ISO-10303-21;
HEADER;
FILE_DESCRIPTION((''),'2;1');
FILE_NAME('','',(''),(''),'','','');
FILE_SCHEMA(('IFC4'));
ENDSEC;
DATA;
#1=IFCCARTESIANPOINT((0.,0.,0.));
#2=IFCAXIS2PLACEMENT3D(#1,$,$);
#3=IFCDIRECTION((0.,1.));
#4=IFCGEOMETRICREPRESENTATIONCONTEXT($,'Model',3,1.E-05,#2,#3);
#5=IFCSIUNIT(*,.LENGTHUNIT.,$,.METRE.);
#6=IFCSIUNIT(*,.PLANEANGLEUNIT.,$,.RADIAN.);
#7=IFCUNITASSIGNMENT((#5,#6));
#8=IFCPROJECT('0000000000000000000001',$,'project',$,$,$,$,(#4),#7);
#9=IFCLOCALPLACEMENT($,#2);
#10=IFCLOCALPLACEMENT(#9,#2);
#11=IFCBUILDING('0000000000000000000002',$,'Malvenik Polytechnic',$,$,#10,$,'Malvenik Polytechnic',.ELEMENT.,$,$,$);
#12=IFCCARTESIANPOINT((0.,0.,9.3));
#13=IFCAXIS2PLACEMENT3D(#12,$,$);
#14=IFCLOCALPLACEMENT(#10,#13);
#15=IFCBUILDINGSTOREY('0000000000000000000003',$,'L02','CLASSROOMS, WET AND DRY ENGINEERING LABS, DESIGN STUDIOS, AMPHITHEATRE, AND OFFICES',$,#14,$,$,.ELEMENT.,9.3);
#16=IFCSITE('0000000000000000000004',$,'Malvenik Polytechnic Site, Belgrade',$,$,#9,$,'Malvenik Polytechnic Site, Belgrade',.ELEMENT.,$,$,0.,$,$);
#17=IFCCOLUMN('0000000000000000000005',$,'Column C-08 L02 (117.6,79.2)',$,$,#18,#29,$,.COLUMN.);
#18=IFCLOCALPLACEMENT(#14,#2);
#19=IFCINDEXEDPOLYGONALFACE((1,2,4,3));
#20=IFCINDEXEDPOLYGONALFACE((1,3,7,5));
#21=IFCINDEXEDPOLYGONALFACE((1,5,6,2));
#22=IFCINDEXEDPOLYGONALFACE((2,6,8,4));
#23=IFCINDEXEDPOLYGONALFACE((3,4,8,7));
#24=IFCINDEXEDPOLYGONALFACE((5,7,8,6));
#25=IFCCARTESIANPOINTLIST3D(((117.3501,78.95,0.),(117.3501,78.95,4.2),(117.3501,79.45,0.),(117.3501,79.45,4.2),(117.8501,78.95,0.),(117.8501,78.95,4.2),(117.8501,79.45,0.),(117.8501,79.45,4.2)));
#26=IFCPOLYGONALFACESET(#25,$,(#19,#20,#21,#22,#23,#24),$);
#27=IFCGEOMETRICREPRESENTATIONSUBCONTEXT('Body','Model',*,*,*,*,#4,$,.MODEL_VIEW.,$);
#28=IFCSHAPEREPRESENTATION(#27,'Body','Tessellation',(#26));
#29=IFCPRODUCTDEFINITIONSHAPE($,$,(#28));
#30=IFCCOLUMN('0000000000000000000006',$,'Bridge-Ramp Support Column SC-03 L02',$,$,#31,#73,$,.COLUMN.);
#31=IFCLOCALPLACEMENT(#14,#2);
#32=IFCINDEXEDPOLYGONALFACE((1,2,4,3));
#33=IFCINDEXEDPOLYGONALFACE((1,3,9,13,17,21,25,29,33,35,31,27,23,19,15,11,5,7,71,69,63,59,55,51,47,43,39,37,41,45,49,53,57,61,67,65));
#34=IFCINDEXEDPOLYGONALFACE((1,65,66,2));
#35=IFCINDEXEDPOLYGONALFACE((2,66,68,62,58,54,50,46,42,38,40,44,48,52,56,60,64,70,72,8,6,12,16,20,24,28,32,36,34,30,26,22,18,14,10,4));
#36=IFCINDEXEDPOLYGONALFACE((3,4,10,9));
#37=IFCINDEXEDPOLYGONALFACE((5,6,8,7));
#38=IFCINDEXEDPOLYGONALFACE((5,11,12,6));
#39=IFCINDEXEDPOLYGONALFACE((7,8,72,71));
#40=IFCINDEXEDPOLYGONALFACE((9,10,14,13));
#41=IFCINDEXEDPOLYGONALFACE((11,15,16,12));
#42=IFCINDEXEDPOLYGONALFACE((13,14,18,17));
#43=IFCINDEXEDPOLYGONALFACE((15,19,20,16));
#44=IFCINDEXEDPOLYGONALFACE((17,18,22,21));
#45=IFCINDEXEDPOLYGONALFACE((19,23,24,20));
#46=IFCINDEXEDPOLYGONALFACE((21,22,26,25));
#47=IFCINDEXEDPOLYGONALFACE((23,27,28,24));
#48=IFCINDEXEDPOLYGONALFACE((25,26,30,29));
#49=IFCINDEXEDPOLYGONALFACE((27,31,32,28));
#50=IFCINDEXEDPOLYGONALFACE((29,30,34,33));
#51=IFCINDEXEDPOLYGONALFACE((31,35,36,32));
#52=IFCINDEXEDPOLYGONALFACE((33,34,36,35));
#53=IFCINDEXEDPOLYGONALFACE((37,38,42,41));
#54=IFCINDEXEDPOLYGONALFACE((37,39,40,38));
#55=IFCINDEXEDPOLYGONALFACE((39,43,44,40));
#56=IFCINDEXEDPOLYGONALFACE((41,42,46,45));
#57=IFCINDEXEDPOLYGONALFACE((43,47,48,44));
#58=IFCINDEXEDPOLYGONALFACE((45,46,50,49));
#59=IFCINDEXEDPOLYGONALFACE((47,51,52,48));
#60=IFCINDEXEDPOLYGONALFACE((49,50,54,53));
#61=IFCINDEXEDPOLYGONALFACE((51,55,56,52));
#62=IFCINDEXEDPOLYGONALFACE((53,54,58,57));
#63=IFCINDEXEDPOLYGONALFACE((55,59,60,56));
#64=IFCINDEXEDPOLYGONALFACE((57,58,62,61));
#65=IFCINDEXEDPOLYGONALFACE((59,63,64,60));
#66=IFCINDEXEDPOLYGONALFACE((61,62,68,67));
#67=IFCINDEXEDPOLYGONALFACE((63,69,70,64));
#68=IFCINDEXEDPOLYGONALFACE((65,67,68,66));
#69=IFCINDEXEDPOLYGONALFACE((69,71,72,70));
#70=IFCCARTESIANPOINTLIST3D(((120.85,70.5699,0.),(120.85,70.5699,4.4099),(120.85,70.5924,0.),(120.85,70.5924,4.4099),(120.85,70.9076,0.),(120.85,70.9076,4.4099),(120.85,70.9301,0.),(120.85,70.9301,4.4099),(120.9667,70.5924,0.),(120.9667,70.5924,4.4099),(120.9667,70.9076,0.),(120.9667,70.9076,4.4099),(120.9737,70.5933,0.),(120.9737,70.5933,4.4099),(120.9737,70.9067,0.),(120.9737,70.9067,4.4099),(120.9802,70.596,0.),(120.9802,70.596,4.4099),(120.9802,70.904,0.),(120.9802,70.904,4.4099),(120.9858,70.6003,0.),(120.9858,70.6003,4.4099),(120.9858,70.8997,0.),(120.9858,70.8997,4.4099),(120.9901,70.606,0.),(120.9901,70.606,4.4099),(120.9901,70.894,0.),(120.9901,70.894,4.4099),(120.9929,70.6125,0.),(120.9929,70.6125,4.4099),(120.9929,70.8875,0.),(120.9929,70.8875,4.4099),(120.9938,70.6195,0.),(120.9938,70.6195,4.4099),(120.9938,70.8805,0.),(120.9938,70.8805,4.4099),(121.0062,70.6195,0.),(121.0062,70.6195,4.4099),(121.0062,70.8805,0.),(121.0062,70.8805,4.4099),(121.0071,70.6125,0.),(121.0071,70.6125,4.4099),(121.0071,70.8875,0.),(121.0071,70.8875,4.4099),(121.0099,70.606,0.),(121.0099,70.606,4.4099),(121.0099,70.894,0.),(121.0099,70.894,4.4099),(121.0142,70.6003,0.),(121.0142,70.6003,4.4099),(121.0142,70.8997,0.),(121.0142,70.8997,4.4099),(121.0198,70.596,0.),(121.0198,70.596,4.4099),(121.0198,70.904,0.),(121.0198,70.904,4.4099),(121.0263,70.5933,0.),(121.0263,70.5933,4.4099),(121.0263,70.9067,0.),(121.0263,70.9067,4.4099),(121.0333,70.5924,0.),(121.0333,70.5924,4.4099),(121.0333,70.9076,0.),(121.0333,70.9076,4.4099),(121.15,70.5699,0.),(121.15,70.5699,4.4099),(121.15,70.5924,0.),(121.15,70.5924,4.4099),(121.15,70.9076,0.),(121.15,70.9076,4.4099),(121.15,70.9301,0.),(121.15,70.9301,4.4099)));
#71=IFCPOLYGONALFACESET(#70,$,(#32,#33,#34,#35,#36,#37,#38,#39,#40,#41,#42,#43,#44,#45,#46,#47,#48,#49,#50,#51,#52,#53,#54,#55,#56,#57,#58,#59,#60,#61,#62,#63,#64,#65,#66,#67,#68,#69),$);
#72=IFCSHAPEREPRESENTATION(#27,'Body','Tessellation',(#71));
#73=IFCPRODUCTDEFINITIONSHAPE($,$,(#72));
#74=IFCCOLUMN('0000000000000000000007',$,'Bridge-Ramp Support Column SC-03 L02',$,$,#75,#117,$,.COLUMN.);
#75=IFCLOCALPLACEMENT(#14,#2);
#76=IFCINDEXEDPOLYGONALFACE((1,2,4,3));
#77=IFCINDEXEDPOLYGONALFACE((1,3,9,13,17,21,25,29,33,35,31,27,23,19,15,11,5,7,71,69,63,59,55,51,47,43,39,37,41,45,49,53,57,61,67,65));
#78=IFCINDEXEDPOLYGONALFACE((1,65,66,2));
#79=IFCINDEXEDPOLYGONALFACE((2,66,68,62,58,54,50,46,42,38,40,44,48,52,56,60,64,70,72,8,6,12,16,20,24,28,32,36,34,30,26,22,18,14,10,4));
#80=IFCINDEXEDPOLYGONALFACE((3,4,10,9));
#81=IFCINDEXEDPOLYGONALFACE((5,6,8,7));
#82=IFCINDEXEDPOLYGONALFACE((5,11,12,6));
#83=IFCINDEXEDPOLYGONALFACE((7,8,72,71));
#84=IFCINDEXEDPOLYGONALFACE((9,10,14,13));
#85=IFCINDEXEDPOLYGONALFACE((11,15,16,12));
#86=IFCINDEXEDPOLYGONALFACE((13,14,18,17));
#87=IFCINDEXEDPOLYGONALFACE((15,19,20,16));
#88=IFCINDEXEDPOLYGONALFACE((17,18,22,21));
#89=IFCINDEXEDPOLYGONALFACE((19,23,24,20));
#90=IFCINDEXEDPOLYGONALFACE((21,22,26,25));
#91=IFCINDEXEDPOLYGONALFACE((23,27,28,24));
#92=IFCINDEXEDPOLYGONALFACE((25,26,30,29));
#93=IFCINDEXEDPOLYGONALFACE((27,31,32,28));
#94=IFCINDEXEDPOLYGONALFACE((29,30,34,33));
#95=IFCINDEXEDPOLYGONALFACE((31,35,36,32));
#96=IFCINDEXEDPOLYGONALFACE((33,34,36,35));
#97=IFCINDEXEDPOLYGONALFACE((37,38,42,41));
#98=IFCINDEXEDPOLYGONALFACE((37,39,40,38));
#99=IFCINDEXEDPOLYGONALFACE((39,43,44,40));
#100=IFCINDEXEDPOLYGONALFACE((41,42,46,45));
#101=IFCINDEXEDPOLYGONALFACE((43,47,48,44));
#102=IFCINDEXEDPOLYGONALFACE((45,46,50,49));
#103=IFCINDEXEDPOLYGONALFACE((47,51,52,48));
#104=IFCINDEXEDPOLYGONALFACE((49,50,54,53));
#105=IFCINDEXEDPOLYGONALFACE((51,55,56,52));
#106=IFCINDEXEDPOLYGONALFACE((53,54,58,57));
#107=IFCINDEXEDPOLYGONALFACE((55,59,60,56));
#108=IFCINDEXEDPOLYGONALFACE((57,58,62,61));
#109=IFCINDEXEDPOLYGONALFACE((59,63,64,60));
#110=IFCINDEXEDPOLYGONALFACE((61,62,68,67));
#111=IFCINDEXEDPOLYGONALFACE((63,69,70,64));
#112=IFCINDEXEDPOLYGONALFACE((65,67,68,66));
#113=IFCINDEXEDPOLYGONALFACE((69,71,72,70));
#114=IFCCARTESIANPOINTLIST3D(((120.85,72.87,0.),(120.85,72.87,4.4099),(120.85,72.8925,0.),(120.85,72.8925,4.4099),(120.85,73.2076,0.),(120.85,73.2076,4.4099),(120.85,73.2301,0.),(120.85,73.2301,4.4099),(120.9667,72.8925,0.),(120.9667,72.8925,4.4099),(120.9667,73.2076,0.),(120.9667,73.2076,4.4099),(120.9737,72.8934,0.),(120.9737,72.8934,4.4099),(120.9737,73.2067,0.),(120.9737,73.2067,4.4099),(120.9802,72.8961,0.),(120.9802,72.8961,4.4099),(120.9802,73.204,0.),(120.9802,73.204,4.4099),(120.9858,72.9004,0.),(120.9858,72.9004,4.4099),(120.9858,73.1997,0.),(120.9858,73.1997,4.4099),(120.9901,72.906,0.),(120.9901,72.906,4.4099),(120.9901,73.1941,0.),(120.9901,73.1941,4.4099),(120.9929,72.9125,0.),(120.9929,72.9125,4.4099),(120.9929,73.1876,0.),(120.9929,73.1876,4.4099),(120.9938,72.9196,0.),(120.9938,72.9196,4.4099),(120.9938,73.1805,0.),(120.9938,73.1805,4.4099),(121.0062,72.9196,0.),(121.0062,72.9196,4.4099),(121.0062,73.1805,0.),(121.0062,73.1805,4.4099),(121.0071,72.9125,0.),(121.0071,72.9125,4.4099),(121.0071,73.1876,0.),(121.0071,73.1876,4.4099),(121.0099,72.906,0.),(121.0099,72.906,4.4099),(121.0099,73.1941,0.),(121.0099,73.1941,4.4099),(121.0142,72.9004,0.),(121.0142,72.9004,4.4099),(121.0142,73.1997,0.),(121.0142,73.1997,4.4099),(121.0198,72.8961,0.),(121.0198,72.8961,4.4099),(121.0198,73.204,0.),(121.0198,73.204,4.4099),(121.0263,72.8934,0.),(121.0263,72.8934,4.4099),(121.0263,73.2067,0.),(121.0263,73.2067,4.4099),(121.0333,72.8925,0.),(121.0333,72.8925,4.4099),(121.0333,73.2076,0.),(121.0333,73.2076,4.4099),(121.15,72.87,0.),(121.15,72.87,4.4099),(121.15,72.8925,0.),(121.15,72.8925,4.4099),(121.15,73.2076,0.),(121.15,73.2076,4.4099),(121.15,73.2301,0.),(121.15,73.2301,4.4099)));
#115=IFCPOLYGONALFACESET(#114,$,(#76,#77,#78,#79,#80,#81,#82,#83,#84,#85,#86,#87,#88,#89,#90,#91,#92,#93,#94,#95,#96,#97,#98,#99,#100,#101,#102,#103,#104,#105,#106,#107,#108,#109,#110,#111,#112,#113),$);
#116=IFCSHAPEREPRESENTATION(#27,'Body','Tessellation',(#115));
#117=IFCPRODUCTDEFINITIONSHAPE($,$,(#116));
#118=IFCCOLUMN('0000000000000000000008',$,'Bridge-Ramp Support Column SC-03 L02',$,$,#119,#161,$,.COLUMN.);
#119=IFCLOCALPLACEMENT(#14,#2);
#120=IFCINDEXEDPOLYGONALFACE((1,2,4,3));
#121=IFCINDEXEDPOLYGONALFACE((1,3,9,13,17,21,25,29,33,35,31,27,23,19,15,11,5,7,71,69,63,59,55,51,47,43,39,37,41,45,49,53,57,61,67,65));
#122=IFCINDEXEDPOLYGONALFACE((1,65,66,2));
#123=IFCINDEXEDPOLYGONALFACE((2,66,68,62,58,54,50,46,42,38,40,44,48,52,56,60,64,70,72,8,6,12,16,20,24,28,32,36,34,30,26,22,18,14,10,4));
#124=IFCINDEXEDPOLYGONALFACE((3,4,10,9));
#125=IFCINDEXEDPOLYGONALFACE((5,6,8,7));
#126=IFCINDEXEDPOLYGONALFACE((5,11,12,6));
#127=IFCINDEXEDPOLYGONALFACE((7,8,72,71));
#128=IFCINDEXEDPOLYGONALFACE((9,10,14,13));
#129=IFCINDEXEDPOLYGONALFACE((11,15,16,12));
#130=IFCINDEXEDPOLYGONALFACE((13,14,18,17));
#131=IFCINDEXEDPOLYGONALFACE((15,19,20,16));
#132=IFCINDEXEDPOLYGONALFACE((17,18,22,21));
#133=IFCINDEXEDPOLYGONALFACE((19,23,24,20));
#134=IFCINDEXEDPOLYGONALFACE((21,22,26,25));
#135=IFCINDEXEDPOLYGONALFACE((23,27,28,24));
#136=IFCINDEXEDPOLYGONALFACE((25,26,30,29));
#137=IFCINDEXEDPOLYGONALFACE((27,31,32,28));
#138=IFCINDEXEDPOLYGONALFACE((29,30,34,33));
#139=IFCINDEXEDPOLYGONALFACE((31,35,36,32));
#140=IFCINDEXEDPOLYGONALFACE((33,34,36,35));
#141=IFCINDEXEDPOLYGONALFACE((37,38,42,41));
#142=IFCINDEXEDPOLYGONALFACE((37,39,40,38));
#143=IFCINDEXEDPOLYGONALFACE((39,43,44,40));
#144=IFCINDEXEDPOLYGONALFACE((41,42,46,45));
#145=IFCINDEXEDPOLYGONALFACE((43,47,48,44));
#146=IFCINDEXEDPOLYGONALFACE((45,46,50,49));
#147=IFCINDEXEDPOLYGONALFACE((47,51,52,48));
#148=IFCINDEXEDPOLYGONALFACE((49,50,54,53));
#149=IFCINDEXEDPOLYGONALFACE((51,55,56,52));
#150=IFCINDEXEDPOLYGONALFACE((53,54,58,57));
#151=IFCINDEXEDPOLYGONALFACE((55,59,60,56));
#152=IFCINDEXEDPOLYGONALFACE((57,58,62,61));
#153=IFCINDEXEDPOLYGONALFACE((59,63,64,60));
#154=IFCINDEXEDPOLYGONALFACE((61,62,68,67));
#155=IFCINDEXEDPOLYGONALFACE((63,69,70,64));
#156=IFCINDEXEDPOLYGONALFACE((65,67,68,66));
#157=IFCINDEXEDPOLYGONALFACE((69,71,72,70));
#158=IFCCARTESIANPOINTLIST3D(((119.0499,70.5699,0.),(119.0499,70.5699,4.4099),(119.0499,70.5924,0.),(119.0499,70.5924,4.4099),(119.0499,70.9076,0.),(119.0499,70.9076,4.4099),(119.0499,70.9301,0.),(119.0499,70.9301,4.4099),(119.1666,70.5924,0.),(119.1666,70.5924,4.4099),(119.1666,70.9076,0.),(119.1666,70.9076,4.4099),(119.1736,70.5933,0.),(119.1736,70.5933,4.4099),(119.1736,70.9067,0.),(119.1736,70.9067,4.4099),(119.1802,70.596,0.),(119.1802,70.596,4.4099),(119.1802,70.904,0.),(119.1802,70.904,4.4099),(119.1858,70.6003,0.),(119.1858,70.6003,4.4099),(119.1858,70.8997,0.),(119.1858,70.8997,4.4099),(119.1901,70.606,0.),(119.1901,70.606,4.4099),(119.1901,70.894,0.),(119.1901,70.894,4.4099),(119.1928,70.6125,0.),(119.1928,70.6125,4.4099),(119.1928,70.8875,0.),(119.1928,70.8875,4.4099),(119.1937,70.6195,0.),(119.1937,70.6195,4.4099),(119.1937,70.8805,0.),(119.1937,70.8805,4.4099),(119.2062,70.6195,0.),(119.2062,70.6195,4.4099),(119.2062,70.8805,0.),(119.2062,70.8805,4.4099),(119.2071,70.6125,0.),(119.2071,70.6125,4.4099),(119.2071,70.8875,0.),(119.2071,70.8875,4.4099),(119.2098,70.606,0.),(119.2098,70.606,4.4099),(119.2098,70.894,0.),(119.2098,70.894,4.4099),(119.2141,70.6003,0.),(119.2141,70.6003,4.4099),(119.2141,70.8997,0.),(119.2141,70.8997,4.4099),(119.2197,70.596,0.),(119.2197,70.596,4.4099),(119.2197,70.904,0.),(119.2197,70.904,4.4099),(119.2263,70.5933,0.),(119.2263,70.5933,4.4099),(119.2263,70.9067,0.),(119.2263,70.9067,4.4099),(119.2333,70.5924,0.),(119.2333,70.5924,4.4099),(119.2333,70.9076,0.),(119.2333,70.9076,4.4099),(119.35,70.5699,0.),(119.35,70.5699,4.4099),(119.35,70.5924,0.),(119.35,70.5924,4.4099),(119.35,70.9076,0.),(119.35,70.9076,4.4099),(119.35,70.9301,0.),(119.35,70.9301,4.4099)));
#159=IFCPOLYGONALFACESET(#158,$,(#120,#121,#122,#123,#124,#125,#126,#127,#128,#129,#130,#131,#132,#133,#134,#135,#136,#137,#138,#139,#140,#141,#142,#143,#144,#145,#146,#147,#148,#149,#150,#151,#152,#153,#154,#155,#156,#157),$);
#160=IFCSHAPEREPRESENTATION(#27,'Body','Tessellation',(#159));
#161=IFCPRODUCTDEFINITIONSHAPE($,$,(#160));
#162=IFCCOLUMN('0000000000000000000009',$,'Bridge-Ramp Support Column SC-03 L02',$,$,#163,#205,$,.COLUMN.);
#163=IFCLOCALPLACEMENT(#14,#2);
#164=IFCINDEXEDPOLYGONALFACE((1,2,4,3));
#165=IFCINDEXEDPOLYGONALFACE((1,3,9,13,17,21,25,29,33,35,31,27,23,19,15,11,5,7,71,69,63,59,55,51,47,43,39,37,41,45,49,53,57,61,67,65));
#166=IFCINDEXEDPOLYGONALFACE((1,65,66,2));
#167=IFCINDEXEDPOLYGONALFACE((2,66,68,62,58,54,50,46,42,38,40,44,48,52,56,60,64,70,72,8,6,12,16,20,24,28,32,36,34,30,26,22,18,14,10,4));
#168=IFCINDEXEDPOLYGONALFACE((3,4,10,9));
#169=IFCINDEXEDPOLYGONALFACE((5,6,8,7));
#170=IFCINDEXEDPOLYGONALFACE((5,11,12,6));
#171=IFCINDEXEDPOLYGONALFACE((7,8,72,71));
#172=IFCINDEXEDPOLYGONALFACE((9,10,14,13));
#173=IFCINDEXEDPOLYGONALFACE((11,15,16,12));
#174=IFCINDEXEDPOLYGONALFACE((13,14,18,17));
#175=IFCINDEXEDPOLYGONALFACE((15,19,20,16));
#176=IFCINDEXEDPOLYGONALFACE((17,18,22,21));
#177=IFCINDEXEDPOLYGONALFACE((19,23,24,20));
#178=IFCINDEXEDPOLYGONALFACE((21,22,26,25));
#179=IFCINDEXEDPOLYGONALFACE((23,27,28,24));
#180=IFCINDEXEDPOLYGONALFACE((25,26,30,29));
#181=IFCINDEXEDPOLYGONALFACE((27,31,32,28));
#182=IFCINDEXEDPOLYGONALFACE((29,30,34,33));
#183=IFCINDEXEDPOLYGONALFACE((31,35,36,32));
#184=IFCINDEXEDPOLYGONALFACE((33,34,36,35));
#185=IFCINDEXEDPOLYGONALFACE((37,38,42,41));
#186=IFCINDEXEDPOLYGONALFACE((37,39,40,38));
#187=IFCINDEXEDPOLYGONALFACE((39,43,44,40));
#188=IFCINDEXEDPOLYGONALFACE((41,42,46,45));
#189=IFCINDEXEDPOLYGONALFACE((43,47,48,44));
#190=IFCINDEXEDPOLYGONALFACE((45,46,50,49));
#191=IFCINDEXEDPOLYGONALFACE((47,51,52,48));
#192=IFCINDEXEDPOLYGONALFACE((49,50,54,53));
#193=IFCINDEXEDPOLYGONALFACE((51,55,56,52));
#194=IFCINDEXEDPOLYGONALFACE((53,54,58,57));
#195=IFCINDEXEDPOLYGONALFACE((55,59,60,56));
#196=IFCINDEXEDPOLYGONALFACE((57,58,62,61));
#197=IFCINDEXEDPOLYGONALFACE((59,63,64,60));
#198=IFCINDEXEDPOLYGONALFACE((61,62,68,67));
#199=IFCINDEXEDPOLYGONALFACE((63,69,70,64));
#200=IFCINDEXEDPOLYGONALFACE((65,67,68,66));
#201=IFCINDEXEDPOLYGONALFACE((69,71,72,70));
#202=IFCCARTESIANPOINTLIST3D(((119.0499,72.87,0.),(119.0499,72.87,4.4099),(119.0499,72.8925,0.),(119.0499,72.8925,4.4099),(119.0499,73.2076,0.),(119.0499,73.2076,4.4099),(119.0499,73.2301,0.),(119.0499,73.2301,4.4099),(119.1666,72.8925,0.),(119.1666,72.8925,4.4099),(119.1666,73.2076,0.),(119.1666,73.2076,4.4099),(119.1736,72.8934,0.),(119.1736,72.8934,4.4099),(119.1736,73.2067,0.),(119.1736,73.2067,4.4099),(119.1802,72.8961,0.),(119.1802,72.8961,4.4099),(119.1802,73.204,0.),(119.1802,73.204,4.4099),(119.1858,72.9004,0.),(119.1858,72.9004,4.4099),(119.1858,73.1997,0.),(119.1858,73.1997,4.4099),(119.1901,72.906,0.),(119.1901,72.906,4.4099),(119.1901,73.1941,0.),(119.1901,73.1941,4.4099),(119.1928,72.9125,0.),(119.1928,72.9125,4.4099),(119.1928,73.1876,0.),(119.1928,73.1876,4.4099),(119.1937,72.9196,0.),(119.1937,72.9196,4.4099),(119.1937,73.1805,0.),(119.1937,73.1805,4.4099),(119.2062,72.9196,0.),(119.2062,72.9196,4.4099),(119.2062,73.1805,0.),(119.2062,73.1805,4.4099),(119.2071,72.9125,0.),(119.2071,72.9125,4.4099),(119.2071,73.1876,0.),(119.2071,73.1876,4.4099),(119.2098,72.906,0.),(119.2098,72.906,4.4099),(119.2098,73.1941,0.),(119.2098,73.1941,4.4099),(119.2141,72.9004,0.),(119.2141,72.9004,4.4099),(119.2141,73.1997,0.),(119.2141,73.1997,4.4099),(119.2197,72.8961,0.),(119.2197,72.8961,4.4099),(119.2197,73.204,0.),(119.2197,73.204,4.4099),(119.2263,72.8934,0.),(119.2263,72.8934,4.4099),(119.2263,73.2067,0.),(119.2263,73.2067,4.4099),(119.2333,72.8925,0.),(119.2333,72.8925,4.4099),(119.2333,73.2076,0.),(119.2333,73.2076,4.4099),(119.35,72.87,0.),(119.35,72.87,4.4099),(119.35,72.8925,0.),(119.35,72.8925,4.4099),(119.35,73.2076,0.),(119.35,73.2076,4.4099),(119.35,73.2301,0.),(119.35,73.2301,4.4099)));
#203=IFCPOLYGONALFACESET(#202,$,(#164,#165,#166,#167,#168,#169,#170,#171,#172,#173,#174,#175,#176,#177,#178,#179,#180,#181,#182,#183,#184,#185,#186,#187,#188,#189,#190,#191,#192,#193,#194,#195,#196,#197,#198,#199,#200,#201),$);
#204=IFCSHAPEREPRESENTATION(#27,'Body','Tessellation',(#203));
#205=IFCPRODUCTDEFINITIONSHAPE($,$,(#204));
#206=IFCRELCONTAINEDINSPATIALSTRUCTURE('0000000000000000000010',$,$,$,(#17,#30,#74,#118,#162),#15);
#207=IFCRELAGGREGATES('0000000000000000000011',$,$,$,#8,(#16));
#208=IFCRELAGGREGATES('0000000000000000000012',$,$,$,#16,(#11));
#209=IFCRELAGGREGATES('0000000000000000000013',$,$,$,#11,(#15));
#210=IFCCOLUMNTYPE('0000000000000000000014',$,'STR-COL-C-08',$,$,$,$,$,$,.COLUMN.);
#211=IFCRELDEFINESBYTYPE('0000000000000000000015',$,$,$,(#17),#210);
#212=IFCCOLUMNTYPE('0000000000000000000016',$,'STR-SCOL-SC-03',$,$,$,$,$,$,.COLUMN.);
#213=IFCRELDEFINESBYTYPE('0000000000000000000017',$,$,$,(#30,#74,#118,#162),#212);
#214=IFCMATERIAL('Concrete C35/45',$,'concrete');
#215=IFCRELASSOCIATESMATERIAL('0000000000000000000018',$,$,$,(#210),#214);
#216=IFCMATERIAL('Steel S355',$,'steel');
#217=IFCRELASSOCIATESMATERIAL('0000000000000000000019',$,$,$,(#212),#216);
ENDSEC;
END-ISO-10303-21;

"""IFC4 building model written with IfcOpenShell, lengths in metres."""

from ifc_helpers import new_model, si_unit, direction, frame, origin, origin_2d, place, context, subcontext, project, spatial, rectangle, i_section, extrude, material, material_profile, profile_set, type_object, element, save


model = new_model("IFC4")

# Units and contexts
model_context = context("Model", 3, precision=1e-05, world=origin(), true_north=direction((0.0, 1.0)))
body_context = subcontext(model_context, "Body", "Model", "MODEL_VIEW")
ifc_project = project(units=[si_unit("LENGTHUNIT", "METRE"), si_unit("PLANEANGLEUNIT", "RADIAN")], contexts=[model_context])

# Site, building, storey
site_placement = place(None, origin())
site = spatial("IfcSite", under=ifc_project, at=site_placement, Name="Malvenik Polytechnic Site, Belgrade", LongName="Malvenik Polytechnic Site, Belgrade", CompositionType="ELEMENT", RefElevation=0.0)
building_placement = place(site_placement, origin())
building = spatial("IfcBuilding", under=site, at=building_placement, Name="Malvenik Polytechnic", LongName="Malvenik Polytechnic", CompositionType="ELEMENT")
storey_placement = place(building_placement, frame((0.0, 0.0, 9.3)))
storey = spatial("IfcBuildingStorey", under=building, at=storey_placement, Name="L02", Description="CLASSROOMS, WET AND DRY ENGINEERING LABS, DESIGN STUDIOS, AMPHITHEATRE, AND OFFICES", CompositionType="ELEMENT", Elevation=9.3)

# Columns
ifc_material_1 = material(Name="Concrete C35/45", Category="concrete")
ifc_material_profile_1 = material_profile(ifc_material_1, rectangle(XDim=0.5, YDim=0.5, at=origin_2d()), Name="RC COL 500x500")
ifc_profile_set_1 = profile_set([ifc_material_profile_1], Name="Concrete C35/45")
column_type_1 = type_object("IfcColumnType", Name="STR-COL-C-08", PredefinedType="COLUMN", material=ifc_profile_set_1)
column_placement = place(storey_placement, frame((117.6001, 79.2, 0.0), z_axis=(0.0, 0.0, 1.0), x_axis=(1.0, 0.0, 0.0)))
element("IfcColumn", 1, at=column_placement, inside=storey, type_object=column_type_1, Name="Column C-08 L02 (117.6,79.2)", PredefinedType="COLUMN", context=body_context, shape_type="SweptSolid", body=[
    extrude(rectangle(XDim=0.5, YDim=0.5, at=origin_2d()), origin(), (0.0, 0.0, 1.0), 4.2),
])
ifc_material_2 = material(Name="Steel S355", Category="steel")
ifc_material_profile_2 = material_profile(ifc_material_2, i_section(OverallWidth=0.3, OverallDepth=0.3601, WebThickness=0.0125, FlangeThickness=0.0225, FilletRadius=0.0271, at=origin_2d()), Name="HEB 360")
ifc_profile_set_2 = profile_set([ifc_material_profile_2], Name="Steel S355")
column_type_2 = type_object("IfcColumnType", Name="STR-SCOL-SC-03", PredefinedType="COLUMN", material=ifc_profile_set_2)
for number, where, z_axis, x_axis, name in (
    (2, (121.0, 70.75, 0.0), (0.0, 0.0, 1.0), (1.0, 0.0, 0.0), "Bridge-Ramp Support Column SC-03 L02"),
    (3, (121.0, 73.05, 0.0), (0.0, 0.0, 1.0), (1.0, 0.0, 0.0), "Bridge-Ramp Support Column SC-03 L02"),
    (4, (119.2, 70.75, 0.0), (0.0, 0.0, 1.0), (1.0, 0.0, 0.0), "Bridge-Ramp Support Column SC-03 L02"),
    (5, (119.2, 73.05, 0.0), (0.0, 0.0, 1.0), (1.0, 0.0, 0.0), "Bridge-Ramp Support Column SC-03 L02"),
):
    element("IfcColumn", number, at=place(storey_placement, frame(where, z_axis=z_axis, x_axis=x_axis)), inside=storey, type_object=column_type_2, Name=name, PredefinedType="COLUMN", context=body_context, shape_type="SweptSolid", body=[
        extrude(i_section(OverallWidth=0.3, OverallDepth=0.3601, WebThickness=0.0125, FlangeThickness=0.0225, FilletRadius=0.0271, at=origin_2d()), origin(), (0.0, 0.0, 1.0), 4.4099),
    ])

save(model, "model.ifc")
